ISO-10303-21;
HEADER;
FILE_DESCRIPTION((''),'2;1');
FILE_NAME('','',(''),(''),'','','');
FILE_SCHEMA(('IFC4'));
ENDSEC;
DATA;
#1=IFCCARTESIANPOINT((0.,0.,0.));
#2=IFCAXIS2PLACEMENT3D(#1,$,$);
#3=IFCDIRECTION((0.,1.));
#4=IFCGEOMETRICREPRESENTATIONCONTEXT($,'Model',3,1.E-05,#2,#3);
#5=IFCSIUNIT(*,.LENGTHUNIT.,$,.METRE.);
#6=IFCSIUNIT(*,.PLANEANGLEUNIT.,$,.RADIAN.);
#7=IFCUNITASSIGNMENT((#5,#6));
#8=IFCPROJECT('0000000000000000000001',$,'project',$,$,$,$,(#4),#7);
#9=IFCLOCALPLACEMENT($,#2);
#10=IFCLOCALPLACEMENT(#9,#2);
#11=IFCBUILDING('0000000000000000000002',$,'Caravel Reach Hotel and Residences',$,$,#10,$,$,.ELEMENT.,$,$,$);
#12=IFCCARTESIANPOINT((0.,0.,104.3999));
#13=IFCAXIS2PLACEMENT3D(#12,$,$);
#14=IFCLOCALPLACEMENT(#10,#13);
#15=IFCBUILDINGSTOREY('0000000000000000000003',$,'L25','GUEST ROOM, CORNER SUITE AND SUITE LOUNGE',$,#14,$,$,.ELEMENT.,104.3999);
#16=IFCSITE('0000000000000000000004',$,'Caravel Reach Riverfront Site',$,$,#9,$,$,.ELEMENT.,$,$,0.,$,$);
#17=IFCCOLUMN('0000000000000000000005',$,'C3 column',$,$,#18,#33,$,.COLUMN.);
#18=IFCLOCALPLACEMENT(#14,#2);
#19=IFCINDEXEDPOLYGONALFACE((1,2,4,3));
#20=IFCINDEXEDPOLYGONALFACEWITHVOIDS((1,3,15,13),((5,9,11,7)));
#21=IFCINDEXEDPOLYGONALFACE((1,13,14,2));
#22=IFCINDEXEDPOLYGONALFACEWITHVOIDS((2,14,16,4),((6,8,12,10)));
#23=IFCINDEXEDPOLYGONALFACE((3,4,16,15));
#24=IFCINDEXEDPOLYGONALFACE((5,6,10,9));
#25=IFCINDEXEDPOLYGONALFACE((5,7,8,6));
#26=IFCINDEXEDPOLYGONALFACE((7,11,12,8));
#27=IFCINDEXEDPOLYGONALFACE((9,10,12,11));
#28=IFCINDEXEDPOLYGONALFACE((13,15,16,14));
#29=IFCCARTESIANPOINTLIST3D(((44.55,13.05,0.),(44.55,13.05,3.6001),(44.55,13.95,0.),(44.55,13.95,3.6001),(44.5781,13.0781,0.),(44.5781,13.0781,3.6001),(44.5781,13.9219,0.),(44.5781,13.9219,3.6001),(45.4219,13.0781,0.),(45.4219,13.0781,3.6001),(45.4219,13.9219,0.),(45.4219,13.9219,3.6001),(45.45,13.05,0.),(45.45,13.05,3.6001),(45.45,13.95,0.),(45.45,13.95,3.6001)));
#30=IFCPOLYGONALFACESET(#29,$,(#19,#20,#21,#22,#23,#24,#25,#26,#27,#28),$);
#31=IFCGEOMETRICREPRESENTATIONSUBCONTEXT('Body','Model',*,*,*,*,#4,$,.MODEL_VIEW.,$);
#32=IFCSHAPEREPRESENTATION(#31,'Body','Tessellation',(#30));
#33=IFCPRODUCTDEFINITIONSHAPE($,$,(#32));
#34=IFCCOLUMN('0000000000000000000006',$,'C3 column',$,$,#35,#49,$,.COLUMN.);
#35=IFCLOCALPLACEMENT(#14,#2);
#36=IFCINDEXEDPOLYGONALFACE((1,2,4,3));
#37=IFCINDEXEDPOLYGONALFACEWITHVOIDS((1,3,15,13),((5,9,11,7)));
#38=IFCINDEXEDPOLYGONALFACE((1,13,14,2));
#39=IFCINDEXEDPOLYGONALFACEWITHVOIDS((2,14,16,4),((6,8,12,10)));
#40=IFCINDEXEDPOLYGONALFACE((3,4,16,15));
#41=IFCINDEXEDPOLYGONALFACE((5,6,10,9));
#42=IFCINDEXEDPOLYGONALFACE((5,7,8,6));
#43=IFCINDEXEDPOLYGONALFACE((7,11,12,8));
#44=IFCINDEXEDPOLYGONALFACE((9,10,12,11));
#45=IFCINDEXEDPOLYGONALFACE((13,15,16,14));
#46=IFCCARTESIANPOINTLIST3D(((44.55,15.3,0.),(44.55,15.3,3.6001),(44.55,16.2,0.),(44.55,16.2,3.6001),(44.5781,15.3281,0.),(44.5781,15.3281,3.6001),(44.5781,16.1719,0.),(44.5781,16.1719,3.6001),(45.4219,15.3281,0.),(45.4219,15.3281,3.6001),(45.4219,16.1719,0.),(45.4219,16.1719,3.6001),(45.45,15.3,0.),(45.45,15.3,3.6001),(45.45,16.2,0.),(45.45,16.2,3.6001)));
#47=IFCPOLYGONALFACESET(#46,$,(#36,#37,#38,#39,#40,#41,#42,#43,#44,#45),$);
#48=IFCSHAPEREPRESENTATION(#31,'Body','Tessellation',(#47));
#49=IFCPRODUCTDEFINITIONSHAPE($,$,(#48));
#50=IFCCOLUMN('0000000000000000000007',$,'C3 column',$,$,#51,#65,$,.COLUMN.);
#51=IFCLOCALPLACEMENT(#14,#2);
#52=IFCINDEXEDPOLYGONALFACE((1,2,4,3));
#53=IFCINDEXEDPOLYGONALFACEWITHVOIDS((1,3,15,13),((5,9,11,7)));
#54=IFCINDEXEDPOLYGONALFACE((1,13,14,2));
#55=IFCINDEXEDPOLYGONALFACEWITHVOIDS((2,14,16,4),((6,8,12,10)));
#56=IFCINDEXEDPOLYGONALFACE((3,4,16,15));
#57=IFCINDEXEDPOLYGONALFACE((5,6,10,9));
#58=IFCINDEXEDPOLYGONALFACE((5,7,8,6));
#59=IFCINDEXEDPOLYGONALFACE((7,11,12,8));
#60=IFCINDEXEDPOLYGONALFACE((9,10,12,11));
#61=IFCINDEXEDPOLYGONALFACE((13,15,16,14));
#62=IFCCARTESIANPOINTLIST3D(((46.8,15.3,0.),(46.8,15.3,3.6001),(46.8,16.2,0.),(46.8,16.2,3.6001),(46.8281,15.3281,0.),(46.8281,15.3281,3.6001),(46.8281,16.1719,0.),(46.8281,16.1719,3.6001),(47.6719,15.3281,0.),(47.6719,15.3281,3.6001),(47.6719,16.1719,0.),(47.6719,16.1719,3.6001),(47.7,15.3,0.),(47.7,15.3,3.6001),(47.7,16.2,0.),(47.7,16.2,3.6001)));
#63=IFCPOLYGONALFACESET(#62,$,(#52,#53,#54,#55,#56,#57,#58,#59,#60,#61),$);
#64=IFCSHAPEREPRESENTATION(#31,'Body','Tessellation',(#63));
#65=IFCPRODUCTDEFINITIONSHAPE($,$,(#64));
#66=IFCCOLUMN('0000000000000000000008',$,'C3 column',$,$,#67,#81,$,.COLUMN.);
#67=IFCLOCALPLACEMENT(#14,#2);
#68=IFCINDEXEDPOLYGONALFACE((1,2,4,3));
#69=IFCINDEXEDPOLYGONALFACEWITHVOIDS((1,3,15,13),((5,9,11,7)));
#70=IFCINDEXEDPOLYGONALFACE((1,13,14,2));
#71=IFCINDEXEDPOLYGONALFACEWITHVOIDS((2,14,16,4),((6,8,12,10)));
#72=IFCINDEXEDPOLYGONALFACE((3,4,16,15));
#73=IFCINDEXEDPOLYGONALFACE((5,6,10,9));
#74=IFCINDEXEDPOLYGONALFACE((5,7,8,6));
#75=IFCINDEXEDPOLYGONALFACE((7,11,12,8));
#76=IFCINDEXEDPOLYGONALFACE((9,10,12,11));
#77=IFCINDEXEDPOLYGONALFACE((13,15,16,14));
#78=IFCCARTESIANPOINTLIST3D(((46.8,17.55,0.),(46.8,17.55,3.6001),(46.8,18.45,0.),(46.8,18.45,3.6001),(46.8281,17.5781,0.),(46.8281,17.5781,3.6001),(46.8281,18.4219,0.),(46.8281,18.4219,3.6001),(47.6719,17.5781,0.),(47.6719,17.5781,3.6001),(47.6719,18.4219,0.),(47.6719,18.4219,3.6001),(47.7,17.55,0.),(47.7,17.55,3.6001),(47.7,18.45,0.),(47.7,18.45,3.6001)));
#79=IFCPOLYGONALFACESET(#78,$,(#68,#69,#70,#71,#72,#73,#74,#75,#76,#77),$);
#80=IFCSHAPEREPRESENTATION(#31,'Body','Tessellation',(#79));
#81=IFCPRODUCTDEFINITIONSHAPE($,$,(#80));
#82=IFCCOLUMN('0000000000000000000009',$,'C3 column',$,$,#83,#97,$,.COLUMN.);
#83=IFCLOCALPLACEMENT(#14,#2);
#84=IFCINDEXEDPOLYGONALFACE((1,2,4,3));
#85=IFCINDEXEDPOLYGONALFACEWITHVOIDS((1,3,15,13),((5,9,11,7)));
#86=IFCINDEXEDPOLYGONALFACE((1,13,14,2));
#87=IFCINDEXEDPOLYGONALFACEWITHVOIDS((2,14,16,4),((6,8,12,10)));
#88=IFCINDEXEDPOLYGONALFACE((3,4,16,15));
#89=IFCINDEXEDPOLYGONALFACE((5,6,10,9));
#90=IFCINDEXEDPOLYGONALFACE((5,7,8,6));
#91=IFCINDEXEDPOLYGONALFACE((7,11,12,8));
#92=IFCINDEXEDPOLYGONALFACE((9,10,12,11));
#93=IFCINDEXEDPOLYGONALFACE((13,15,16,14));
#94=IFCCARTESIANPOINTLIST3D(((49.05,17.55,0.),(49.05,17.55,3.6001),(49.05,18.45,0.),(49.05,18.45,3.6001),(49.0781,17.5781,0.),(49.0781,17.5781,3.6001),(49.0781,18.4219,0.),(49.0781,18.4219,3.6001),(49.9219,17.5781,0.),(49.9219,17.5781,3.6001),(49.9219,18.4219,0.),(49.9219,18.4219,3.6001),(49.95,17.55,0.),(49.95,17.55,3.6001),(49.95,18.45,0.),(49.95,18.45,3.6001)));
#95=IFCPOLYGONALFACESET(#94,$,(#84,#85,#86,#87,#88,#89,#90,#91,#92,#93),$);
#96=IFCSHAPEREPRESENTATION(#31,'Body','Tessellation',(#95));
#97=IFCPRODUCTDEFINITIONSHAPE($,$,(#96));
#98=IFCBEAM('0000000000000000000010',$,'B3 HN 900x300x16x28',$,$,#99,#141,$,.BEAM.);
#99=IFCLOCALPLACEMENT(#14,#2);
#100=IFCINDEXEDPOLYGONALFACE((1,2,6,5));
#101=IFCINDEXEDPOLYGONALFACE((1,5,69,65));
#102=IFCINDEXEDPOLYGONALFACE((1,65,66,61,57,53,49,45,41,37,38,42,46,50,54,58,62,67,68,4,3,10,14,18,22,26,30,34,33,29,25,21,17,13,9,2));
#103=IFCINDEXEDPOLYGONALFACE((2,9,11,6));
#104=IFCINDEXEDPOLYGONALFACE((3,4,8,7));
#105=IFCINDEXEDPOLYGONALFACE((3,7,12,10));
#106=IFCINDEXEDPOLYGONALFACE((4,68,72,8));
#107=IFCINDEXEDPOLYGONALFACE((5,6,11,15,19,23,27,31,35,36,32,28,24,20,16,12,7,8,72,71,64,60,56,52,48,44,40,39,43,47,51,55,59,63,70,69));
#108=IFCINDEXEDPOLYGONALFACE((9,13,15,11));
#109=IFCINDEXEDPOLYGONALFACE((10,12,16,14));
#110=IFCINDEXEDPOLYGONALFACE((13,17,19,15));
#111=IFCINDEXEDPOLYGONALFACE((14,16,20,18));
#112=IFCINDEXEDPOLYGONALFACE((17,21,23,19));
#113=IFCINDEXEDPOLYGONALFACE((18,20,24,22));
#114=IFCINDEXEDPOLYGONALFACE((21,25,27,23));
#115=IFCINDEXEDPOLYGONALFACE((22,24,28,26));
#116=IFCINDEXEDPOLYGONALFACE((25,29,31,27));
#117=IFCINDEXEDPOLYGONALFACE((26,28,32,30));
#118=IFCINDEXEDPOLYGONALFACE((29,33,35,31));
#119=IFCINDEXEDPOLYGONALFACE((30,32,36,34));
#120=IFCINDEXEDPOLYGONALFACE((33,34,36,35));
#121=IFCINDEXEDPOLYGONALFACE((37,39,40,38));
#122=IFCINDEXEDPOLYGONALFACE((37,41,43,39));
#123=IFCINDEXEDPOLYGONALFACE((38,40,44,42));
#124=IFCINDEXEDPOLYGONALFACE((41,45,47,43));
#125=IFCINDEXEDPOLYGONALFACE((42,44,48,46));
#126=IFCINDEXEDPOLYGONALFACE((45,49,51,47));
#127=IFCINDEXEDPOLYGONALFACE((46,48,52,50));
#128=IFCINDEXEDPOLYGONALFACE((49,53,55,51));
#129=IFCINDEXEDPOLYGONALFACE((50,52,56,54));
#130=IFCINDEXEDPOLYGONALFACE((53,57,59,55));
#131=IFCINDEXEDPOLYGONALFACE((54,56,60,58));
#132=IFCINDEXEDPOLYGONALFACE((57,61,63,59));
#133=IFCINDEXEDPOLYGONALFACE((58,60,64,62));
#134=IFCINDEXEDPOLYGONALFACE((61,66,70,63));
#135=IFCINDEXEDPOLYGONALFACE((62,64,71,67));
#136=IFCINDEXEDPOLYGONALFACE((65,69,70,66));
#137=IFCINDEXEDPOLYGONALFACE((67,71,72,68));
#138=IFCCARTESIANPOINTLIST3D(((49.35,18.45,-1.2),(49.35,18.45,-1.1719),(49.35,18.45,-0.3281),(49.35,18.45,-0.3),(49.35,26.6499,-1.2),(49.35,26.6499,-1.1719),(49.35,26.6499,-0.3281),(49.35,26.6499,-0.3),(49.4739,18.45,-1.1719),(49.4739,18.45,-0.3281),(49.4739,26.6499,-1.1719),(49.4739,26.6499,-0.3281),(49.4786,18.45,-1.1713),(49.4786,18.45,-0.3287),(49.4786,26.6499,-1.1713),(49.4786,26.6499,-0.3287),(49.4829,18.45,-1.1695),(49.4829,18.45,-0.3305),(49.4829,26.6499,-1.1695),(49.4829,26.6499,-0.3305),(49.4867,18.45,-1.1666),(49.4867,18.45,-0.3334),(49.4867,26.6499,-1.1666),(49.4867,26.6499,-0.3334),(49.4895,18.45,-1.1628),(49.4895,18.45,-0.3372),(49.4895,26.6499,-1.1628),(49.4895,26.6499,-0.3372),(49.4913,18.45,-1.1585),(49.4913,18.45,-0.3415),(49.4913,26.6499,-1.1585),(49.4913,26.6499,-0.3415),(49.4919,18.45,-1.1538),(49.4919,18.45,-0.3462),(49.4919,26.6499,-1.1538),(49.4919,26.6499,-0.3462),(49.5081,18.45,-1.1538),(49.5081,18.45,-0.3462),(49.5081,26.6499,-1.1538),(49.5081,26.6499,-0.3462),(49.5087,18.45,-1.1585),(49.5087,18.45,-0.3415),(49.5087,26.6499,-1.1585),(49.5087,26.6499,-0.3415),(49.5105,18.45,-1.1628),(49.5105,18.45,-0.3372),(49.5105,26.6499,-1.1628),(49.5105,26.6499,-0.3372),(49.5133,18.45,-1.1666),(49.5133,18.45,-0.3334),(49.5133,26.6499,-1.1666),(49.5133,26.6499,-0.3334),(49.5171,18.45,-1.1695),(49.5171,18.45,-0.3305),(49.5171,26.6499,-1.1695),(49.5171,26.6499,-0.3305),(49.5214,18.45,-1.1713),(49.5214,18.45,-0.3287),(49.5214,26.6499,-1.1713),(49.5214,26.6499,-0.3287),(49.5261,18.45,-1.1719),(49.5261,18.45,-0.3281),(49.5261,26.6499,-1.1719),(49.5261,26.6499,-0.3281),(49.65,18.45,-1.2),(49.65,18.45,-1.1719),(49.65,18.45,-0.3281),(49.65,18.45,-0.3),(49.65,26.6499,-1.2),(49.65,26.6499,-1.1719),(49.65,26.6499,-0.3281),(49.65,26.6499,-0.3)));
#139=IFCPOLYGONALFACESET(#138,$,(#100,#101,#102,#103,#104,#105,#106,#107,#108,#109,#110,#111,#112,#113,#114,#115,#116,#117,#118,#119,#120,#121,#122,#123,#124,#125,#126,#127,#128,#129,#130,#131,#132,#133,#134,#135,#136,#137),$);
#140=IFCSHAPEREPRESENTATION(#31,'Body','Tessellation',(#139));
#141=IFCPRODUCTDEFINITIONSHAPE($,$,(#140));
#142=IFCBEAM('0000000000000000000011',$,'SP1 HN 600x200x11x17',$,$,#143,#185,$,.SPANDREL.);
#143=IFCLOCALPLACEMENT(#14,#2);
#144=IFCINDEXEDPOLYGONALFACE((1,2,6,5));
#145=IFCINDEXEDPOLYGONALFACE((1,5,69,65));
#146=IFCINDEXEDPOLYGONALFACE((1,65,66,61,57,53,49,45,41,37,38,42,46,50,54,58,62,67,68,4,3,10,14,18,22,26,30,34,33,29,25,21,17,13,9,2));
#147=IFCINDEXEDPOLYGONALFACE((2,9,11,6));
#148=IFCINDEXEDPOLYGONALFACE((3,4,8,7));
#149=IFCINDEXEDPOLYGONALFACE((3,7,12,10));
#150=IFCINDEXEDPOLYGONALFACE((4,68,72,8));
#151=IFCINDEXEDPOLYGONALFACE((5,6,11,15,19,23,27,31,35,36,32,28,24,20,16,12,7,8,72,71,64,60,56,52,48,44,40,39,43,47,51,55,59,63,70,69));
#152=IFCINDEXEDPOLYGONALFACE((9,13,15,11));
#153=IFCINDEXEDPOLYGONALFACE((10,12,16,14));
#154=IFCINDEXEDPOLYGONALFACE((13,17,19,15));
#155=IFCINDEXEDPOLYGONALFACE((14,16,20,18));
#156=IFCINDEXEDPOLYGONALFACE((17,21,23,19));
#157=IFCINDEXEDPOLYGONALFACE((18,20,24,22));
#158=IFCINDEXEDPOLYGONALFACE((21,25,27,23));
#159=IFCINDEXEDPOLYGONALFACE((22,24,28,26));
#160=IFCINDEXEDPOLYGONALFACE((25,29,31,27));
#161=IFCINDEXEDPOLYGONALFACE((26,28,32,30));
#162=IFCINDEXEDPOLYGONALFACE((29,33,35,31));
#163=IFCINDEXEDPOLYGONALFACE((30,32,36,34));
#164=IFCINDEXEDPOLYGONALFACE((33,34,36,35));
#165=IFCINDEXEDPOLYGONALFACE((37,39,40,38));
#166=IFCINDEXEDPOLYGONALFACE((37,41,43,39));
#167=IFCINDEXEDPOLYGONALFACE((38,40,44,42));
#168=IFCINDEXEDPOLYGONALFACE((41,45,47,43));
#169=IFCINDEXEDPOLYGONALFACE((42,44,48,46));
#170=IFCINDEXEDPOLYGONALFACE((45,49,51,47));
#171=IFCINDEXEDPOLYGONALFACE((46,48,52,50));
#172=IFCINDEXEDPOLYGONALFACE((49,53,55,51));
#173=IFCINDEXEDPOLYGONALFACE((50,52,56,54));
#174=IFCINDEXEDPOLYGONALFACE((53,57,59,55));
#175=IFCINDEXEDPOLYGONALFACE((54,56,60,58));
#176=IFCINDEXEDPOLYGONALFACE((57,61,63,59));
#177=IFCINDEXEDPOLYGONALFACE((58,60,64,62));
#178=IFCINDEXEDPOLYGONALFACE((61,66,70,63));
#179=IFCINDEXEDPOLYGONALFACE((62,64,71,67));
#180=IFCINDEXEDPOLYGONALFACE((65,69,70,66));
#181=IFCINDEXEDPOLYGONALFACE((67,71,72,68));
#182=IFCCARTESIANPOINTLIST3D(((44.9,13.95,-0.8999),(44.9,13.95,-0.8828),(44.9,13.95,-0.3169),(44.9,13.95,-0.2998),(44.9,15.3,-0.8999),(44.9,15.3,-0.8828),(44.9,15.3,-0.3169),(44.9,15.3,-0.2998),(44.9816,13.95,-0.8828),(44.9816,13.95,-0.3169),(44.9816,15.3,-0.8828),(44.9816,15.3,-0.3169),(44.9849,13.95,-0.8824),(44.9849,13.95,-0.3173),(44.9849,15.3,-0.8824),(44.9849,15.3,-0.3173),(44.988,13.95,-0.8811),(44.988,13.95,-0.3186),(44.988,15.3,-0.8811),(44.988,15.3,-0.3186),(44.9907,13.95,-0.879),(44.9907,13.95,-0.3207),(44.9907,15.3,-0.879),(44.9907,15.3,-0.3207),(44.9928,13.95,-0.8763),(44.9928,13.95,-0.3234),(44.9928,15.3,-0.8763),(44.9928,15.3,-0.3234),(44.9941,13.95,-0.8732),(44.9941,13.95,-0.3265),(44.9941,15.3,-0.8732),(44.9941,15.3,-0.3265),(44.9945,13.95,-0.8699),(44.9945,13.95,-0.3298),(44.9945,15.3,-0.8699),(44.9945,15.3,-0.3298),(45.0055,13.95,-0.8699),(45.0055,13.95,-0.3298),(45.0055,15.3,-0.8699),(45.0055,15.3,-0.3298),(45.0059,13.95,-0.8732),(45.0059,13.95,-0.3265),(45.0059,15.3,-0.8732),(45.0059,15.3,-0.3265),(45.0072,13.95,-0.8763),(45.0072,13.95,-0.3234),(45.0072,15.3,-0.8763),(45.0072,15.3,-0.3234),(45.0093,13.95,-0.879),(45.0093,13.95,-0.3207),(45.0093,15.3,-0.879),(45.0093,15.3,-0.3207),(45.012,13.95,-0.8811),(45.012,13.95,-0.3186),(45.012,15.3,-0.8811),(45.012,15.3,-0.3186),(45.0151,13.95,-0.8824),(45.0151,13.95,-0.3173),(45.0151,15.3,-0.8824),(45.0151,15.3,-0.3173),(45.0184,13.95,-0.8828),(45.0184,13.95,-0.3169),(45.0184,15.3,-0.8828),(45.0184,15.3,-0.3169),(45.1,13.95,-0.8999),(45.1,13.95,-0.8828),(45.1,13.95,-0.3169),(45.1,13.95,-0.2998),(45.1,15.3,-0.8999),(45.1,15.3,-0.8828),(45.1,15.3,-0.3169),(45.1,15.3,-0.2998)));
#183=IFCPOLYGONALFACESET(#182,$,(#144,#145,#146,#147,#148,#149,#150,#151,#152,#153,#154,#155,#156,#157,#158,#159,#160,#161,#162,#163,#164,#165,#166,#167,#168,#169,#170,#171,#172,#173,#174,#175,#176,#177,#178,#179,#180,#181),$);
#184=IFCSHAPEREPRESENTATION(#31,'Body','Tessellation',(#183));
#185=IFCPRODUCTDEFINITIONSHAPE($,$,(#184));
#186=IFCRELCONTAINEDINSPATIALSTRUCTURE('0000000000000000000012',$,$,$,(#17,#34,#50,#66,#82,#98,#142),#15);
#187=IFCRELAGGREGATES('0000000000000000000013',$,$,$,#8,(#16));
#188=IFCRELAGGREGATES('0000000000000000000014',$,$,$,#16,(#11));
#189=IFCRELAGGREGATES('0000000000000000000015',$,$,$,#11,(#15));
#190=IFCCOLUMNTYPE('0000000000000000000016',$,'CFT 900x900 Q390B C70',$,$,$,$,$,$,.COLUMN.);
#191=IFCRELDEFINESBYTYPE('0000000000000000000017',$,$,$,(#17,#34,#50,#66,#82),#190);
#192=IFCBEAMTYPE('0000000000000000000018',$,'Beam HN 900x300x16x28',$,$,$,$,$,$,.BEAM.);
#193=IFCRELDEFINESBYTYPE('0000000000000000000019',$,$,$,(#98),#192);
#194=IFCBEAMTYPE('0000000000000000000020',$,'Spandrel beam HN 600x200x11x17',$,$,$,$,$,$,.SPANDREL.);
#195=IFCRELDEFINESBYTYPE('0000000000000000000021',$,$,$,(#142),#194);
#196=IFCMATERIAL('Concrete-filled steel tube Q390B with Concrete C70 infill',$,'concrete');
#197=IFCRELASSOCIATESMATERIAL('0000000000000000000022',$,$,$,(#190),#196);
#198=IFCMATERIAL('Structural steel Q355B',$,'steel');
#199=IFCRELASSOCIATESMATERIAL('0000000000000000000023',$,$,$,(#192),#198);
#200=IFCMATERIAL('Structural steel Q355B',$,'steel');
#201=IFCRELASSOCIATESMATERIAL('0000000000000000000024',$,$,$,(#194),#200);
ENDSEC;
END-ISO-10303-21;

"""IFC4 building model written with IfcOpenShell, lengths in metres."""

from ifc_helpers import new_model, si_unit, direction, frame, origin, origin_2d, place, context, subcontext, project, spatial, hollow_rectangle, i_section, extrude, material, material_profile, profile_set, type_object, element, save


model = new_model("IFC4")

# Units and contexts
model_context = context("Model", 3, precision=1e-05, world=origin(), true_north=direction((0.0, 1.0)))
body_context = subcontext(model_context, "Body", "Model", "MODEL_VIEW")
ifc_project = project(units=[si_unit("LENGTHUNIT", "METRE"), si_unit("PLANEANGLEUNIT", "RADIAN")], contexts=[model_context])

# Site, building, storey
site_placement = place(None, origin())
site = spatial("IfcSite", under=ifc_project, at=site_placement, Name="Caravel Reach Riverfront Site", CompositionType="ELEMENT", RefElevation=0.0)
building_placement = place(site_placement, origin())
building = spatial("IfcBuilding", under=site, at=building_placement, Name="Caravel Reach Hotel and Residences", CompositionType="ELEMENT")
storey_placement = place(building_placement, frame((0.0, 0.0, 104.3999)))
storey = spatial("IfcBuildingStorey", under=building, at=storey_placement, Name="L25", Description="GUEST ROOM, CORNER SUITE AND SUITE LOUNGE", CompositionType="ELEMENT", Elevation=104.3999)

# Columns
ifc_material_1 = material(Name="Concrete-filled steel tube Q390B with Concrete C70 infill", Category="concrete")
ifc_material_profile_1 = material_profile(ifc_material_1, hollow_rectangle(XDim=0.8999, YDim=0.8999, WallThickness=0.0281, at=origin_2d()), Name="RHS 900x900x28")
ifc_profile_set_1 = profile_set([ifc_material_profile_1], Name="Concrete-filled steel tube Q390B with Concrete C70 infill")
column_type = type_object("IfcColumnType", Name="CFT 900x900 Q390B C70", PredefinedType="COLUMN", material=ifc_profile_set_1)
for number, where, z_axis, x_axis, name in (
    (1, (45.0, 13.5, 0.0), (0.0, 0.0, 1.0), (1.0, 0.0, 0.0), "C3 column"),
    (2, (45.0, 15.75, 0.0), (0.0, 0.0, 1.0), (1.0, 0.0, 0.0), "C3 column"),
    (3, (47.25, 15.75, 0.0), (0.0, 0.0, 1.0), (1.0, 0.0, 0.0), "C3 column"),
    (4, (47.25, 18.0, 0.0), (0.0, 0.0, 1.0), (1.0, 0.0, 0.0), "C3 column"),
    (5, (49.5, 18.0, 0.0), (0.0, 0.0, 1.0), (1.0, 0.0, 0.0), "C3 column"),
):
    element("IfcColumn", number, at=place(storey_placement, frame(where, z_axis=z_axis, x_axis=x_axis)), inside=storey, type_object=column_type, Name=name, PredefinedType="COLUMN", context=body_context, shape_type="SweptSolid", body=[
        extrude(hollow_rectangle(XDim=0.8999, YDim=0.8999, WallThickness=0.0281, at=origin_2d()), origin(), (0.0, 0.0, 1.0), 3.6001),
    ])

# Beams
ifc_material_2 = material(Name="Structural steel Q355B", Category="steel")
ifc_material_profile_2 = material_profile(ifc_material_2, i_section(OverallWidth=0.3, OverallDepth=0.8999, WebThickness=0.0161, FlangeThickness=0.0281, FilletRadius=0.0181, at=origin_2d()), Name="HN 900x300x16x28")
ifc_profile_set_2 = profile_set([ifc_material_profile_2], Name="Structural steel Q355B")
beam_type_1 = type_object("IfcBeamType", Name="Beam HN 900x300x16x28", PredefinedType="BEAM", material=ifc_profile_set_2)
beam_placement = place(storey_placement, frame((49.5, 18.45, -0.75), z_axis=(0.0, 1.0, 0.0), x_axis=(-1.0, 0.0, 0.0)))
element("IfcBeam", 6, at=beam_placement, inside=storey, type_object=beam_type_1, Name="B3 HN 900x300x16x28", PredefinedType="BEAM", context=body_context, shape_type="SweptSolid", body=[
    extrude(i_section(OverallWidth=0.3, OverallDepth=0.8999, WebThickness=0.0161, FlangeThickness=0.0281, FilletRadius=0.0181, at=origin_2d()), origin(), (0.0, 0.0, 1.0), 8.2),
])
ifc_material_3 = material(Name="Structural steel Q355B", Category="steel")
ifc_material_profile_3 = material_profile(ifc_material_3, i_section(OverallWidth=0.2, OverallDepth=0.6001, WebThickness=0.011, FlangeThickness=0.0171, FilletRadius=0.0129, at=origin_2d()), Name="HN 600x200x11x17")
ifc_profile_set_3 = profile_set([ifc_material_profile_3], Name="Structural steel Q355B")
beam_type_2 = type_object("IfcBeamType", Name="Spandrel beam HN 600x200x11x17", PredefinedType="SPANDREL", material=ifc_profile_set_3)
for number, where, z_axis, x_axis, name in (
    (7, (45.0, 13.95, -0.5999), (0.0, 1.0, 0.0), (-1.0, 0.0, 0.0), "SP1 HN 600x200x11x17"),
):
    element("IfcBeam", number, at=place(storey_placement, frame(where, z_axis=z_axis, x_axis=x_axis)), inside=storey, type_object=beam_type_2, Name=name, PredefinedType="SPANDREL", context=body_context, shape_type="SweptSolid", body=[
        extrude(i_section(OverallWidth=0.2, OverallDepth=0.6001, WebThickness=0.011, FlangeThickness=0.0171, FilletRadius=0.0129, at=origin_2d()), origin(), (0.0, 0.0, 1.0), 1.3501),
    ])

save(model, "model.ifc")
